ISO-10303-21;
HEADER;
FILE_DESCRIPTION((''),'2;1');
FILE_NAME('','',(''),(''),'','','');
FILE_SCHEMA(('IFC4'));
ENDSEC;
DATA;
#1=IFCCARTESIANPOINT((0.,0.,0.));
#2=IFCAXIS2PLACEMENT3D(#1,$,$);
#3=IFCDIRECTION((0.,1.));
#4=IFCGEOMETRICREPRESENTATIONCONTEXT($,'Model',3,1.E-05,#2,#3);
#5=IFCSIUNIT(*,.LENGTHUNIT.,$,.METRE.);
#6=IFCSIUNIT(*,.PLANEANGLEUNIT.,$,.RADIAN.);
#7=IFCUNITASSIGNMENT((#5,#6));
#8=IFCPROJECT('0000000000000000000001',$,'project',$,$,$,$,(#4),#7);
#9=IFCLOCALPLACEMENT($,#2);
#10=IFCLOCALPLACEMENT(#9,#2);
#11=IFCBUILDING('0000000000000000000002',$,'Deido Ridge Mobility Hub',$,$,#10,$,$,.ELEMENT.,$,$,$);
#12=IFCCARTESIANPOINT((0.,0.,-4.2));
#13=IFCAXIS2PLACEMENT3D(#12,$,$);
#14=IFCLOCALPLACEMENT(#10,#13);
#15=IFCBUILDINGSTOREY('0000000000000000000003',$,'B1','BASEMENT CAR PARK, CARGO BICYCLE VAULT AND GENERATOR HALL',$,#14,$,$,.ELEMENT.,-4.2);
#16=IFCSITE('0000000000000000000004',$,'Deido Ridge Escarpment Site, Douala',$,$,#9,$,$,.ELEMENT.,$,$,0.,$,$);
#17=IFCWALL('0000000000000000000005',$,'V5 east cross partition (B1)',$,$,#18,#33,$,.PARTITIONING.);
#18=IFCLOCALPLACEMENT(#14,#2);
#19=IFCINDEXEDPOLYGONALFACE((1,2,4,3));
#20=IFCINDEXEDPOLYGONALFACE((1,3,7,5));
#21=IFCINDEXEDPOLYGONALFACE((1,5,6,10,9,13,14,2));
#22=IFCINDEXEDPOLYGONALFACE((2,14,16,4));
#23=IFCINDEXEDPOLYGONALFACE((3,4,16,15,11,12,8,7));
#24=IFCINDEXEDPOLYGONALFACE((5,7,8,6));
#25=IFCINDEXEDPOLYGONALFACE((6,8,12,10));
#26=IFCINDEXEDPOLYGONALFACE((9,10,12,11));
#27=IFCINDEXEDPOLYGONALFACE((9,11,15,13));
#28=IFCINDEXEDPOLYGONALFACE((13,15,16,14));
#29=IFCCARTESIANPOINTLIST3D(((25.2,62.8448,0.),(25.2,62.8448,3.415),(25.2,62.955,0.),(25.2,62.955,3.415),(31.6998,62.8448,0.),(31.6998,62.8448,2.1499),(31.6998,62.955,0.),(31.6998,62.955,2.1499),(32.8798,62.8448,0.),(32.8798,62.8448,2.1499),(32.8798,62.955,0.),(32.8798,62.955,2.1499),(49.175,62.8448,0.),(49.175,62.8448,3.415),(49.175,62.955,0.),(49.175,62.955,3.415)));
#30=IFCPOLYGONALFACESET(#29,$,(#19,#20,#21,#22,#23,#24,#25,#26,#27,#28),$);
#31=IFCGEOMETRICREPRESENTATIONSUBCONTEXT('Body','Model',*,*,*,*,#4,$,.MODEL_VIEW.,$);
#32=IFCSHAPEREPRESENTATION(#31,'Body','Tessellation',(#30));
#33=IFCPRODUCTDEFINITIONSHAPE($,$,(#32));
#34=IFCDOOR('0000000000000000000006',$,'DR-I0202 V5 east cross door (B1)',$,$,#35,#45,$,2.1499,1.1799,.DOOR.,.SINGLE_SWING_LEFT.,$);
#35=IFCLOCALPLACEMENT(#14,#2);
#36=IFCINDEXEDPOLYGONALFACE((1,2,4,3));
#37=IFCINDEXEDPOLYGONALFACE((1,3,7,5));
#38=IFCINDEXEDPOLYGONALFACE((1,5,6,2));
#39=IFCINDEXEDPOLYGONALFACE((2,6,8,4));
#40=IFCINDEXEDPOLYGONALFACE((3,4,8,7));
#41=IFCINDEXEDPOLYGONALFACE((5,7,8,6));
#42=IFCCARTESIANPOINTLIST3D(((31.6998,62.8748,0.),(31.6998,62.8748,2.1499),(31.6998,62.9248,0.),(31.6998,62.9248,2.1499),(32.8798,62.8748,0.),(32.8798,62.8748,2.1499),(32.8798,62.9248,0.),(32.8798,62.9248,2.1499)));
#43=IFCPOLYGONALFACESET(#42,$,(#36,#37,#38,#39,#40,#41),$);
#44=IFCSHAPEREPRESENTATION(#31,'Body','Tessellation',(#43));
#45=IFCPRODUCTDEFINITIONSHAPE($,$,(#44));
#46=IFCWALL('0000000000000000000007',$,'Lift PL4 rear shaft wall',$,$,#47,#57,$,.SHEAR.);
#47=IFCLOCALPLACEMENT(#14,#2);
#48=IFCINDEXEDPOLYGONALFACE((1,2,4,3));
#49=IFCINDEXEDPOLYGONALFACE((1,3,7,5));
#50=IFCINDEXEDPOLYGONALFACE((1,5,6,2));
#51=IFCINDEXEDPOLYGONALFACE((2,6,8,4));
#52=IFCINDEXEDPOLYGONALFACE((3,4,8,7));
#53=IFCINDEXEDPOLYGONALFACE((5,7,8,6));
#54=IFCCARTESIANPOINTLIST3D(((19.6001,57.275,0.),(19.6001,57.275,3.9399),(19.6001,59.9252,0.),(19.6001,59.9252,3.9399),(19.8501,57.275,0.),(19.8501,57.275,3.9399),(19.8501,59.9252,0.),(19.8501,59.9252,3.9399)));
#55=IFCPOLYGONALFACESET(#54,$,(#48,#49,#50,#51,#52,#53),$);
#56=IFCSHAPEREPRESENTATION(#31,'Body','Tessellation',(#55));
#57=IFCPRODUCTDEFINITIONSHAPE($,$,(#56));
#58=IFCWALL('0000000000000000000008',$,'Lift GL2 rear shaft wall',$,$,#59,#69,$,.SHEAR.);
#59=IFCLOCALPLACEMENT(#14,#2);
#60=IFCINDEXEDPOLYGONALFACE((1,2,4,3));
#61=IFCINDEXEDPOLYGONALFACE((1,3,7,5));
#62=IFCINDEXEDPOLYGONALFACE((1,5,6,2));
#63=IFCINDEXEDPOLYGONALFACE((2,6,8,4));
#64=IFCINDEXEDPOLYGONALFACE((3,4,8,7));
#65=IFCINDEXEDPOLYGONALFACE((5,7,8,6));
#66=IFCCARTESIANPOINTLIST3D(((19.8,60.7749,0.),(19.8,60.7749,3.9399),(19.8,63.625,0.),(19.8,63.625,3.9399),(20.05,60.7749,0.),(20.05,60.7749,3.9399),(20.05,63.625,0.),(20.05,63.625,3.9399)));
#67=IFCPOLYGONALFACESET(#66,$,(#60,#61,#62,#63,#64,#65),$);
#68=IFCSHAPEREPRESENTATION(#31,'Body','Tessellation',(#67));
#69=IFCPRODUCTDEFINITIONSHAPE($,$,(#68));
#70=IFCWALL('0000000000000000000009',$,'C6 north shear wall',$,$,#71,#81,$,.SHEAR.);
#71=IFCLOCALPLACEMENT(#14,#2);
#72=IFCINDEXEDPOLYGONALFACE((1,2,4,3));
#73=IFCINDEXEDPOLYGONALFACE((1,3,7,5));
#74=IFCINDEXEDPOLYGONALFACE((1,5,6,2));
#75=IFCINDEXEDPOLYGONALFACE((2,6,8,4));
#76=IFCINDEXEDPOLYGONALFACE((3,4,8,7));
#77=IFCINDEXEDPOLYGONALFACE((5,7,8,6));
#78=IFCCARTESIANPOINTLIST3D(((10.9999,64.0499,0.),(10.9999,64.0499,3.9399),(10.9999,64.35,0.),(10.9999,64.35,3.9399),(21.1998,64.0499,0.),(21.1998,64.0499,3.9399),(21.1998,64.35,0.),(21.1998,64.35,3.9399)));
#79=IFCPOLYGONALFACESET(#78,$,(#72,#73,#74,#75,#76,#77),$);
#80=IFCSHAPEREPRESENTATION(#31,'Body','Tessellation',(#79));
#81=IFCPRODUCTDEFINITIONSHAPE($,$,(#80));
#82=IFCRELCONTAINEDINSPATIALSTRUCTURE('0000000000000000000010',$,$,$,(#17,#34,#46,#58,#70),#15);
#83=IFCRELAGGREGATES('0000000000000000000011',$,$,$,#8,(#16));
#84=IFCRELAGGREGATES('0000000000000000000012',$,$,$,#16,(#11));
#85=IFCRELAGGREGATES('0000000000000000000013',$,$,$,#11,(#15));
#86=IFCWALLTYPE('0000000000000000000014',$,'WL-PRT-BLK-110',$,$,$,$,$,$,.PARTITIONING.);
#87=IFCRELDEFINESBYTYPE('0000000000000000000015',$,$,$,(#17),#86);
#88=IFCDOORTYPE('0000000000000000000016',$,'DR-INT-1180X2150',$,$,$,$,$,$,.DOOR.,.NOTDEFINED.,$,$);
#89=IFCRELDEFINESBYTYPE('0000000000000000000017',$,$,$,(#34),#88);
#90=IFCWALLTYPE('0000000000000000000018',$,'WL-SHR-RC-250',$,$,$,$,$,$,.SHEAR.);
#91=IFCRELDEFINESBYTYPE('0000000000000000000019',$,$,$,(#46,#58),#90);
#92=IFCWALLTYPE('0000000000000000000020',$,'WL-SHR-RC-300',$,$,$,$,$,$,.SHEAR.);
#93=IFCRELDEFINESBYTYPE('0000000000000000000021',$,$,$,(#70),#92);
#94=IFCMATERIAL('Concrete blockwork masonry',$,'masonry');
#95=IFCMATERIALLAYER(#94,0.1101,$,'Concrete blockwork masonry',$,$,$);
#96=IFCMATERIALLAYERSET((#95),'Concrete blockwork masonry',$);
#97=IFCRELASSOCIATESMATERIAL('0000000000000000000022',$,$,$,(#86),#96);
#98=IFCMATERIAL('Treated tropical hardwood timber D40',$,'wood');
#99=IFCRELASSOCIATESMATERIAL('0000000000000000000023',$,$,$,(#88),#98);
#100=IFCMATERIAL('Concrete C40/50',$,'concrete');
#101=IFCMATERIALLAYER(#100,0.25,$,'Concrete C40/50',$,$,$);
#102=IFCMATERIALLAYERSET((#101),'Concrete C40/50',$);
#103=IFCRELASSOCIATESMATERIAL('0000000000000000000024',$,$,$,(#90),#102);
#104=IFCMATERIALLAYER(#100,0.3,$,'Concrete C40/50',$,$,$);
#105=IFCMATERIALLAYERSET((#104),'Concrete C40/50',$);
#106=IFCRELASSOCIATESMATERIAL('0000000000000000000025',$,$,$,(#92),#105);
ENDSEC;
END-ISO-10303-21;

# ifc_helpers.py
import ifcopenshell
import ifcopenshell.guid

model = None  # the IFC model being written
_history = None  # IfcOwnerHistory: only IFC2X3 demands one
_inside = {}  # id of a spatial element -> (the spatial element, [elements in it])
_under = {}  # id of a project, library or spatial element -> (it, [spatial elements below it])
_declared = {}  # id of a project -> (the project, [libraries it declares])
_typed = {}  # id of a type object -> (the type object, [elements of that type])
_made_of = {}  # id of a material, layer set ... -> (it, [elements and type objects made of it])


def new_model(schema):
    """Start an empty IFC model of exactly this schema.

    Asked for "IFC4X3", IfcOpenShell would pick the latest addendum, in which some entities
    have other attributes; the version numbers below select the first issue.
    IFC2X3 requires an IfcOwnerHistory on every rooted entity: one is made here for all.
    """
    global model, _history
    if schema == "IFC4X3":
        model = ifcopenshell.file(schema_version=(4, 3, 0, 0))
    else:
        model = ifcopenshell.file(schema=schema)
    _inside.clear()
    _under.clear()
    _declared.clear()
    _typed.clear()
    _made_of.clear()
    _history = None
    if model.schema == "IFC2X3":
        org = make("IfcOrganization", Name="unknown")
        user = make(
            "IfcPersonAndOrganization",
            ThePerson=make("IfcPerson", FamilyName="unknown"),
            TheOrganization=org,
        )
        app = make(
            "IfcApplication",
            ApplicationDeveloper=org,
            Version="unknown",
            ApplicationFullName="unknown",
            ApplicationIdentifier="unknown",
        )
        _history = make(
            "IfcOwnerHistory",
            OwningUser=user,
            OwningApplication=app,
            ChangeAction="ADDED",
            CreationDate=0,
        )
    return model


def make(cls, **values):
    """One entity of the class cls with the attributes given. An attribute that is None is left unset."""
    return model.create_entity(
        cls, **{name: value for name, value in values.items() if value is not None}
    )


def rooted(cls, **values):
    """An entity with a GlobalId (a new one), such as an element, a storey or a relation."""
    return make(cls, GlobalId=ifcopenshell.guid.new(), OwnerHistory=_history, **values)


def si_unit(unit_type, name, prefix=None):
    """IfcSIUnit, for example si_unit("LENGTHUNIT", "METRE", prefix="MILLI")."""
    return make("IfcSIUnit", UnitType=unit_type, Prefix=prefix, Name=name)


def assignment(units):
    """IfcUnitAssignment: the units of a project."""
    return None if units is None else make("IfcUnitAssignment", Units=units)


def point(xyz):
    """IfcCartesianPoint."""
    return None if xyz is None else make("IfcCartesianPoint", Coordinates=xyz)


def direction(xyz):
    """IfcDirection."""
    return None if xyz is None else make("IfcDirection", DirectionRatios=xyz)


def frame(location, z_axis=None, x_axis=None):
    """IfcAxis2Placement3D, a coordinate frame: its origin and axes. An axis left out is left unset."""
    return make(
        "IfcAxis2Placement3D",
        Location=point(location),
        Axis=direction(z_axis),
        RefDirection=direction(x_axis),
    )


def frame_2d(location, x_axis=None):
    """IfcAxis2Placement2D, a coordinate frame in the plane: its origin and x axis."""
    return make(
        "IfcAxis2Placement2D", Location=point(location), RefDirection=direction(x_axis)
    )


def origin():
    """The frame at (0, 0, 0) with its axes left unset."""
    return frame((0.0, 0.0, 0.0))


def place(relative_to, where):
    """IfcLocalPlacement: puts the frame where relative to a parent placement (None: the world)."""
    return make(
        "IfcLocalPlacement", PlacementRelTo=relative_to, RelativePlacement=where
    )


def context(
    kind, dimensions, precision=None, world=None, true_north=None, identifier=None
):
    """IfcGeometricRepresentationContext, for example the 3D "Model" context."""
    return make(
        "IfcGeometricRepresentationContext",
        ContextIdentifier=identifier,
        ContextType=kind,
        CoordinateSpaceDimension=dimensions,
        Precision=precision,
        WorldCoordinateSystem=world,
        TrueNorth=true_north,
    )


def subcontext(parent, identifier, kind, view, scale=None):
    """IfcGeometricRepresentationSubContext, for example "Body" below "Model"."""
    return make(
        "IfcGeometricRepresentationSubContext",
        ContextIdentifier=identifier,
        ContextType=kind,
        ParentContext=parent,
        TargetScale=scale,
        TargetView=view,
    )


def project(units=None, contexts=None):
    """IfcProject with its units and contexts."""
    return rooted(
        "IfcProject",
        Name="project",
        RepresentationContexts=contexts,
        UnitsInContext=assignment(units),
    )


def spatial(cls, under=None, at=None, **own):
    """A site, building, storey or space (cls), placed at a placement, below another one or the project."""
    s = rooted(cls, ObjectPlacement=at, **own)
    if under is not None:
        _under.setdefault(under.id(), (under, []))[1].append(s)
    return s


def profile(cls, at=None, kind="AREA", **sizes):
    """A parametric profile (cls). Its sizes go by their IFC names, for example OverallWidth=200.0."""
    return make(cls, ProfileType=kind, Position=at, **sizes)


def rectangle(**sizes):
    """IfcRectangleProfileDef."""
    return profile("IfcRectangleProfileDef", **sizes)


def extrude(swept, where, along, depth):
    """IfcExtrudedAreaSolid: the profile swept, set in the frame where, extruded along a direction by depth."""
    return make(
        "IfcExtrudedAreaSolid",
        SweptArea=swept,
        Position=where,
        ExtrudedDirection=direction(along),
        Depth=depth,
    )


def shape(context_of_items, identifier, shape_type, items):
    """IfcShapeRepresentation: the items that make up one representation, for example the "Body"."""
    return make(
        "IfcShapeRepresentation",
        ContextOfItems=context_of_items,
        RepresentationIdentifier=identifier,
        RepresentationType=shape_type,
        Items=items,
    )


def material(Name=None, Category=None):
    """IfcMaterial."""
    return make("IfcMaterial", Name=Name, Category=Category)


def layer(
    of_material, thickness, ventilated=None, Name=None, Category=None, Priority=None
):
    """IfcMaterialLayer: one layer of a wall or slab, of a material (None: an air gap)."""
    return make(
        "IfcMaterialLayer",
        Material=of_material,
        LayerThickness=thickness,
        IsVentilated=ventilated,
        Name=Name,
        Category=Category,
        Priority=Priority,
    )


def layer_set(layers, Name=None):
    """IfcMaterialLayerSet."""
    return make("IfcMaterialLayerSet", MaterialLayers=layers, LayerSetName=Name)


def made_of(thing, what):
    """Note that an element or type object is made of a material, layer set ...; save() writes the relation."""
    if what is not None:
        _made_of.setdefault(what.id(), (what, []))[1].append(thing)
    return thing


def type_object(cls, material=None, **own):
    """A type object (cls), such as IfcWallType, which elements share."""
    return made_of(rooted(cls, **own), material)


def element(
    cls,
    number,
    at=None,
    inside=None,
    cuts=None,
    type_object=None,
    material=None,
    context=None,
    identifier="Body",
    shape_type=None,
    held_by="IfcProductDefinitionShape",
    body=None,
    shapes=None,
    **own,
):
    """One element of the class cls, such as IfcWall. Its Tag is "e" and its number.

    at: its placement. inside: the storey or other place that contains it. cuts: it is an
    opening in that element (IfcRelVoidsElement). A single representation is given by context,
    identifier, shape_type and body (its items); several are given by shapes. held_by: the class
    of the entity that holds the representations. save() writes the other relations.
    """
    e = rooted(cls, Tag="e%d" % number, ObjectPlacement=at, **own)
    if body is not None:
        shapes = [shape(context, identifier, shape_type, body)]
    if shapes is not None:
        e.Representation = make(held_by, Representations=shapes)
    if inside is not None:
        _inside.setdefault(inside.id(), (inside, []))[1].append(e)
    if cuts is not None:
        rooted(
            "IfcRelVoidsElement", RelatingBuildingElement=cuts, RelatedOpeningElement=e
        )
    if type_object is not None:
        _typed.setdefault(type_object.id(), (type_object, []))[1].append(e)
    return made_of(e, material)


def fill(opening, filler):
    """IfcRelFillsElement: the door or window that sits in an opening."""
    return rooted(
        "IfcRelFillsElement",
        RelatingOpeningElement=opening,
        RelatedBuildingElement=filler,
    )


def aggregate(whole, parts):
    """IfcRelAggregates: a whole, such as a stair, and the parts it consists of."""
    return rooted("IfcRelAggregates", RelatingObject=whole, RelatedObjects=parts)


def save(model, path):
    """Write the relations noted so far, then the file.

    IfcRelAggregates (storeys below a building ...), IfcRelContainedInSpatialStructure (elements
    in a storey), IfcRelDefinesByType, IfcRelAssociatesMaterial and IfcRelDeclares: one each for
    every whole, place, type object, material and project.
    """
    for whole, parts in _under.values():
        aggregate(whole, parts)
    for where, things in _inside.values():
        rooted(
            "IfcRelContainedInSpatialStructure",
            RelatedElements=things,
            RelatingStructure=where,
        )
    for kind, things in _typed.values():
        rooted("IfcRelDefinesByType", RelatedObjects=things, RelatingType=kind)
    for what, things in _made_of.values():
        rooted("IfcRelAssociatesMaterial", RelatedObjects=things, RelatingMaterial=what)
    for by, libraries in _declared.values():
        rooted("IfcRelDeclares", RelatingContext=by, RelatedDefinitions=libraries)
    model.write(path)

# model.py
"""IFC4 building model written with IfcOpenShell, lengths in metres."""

from ifc_helpers import new_model, si_unit, direction, frame, frame_2d, origin, place, context, subcontext, project, spatial, rectangle, extrude, material, layer, layer_set, type_object, element, fill, save


model = new_model("IFC4")

# Units and contexts
model_context = context("Model", 3, precision=1e-05, world=origin(), true_north=direction((0.0, 1.0)))
body_context = subcontext(model_context, "Body", "Model", "MODEL_VIEW")
ifc_project = project(units=[si_unit("LENGTHUNIT", "METRE"), si_unit("PLANEANGLEUNIT", "RADIAN")], contexts=[model_context])

# Site, building, storey
site_placement = place(None, origin())
site = spatial("IfcSite", under=ifc_project, at=site_placement, Name="Deido Ridge Escarpment Site, Douala", CompositionType="ELEMENT", RefElevation=0.0)
building_placement = place(site_placement, origin())
building = spatial("IfcBuilding", under=site, at=building_placement, Name="Deido Ridge Mobility Hub", CompositionType="ELEMENT")
storey_placement = place(building_placement, frame((0.0, 0.0, -4.2)))
storey = spatial("IfcBuildingStorey", under=building, at=storey_placement, Name="B1", Description="BASEMENT CAR PARK, CARGO BICYCLE VAULT AND GENERATOR HALL", CompositionType="ELEMENT", Elevation=-4.2)

# Shared definitions
ifc_material_1 = material(Name="Concrete C40/50", Category="concrete")

# Wall, opening, door
ifc_material_2 = material(Name="Concrete blockwork masonry", Category="masonry")
ifc_layer_1 = layer(ifc_material_2, 0.1101, Name="Concrete blockwork masonry")
ifc_layer_set_1 = layer_set([ifc_layer_1], Name="Concrete blockwork masonry")
wall_type_1 = type_object("IfcWallType", Name="WL-PRT-BLK-110", PredefinedType="PARTITIONING", material=ifc_layer_set_1)
wall_1_placement = place(storey_placement, frame((25.2, 62.8999, 0.0), z_axis=(0.0, 0.0, 1.0), x_axis=(1.0, 0.0, 0.0)))
wall_1 = element("IfcWall", 1, at=wall_1_placement, inside=storey, type_object=wall_type_1, Name="V5 east cross partition (B1)", PredefinedType="PARTITIONING", context=body_context, shape_type="SweptSolid", body=[
    extrude(rectangle(XDim=23.9751, YDim=0.1101, at=frame_2d((11.9875, 0.0))), origin(), (0.0, 0.0, 1.0), 3.415),
])
opening_placement = place(wall_1_placement, frame((6.5, 0.0, 0.0)))
opening = element("IfcOpeningElement", 2, at=opening_placement, cuts=wall_1, PredefinedType="OPENING", context=body_context, shape_type="SweptSolid", body=[
    extrude(rectangle(XDim=1.1799, YDim=2.1499, at=frame_2d((0.5898, 1.075))), frame((0.0, 0.0649, 0.0), z_axis=(0.0, -1.0, 0.0), x_axis=(1.0, 0.0, 0.0)), (0.0, 0.0, 1.0), 0.1301),
])
ifc_material_3 = material(Name="Treated tropical hardwood timber D40", Category="wood")
door_type = type_object("IfcDoorType", Name="DR-INT-1180X2150", OperationType="NOTDEFINED", PredefinedType="DOOR", material=ifc_material_3)
door_placement = place(opening_placement, origin())
door = element("IfcDoor", 3, at=door_placement, inside=storey, type_object=door_type, Name="DR-I0202 V5 east cross door (B1)", OperationType="SINGLE_SWING_LEFT", OverallHeight=2.1499, OverallWidth=1.1799, PredefinedType="DOOR", context=body_context, shape_type="SweptSolid", body=[
    extrude(rectangle(XDim=1.1799, YDim=2.1499, at=frame_2d((0.5898, 1.075))), frame((0.0, 0.0249, 0.0), z_axis=(0.0, -1.0, 0.0), x_axis=(1.0, 0.0, 0.0)), (0.0, 0.0, 1.0), 0.05),
])
fill(opening, door)

# Walls
ifc_layer_2 = layer(ifc_material_1, 0.25, Name="Concrete C40/50")
ifc_layer_set_2 = layer_set([ifc_layer_2], Name="Concrete C40/50")
wall_type_2 = type_object("IfcWallType", Name="WL-SHR-RC-250", PredefinedType="SHEAR", material=ifc_layer_set_2)
wall_2_placement = place(storey_placement, frame((19.7251, 57.2749, 0.0), z_axis=(0.0, 0.0, 1.0), x_axis=(0.0, 1.0, 0.0)))
element("IfcWall", 4, at=wall_2_placement, inside=storey, type_object=wall_type_2, Name="Lift PL4 rear shaft wall", PredefinedType="SHEAR", context=body_context, shape_type="SweptSolid", body=[
    extrude(rectangle(XDim=2.6501, YDim=0.25, at=frame_2d((1.3252, 0.0))), origin(), (0.0, 0.0, 1.0), 3.9399),
])
wall_3_placement = place(storey_placement, frame((19.925, 60.7749, 0.0), z_axis=(0.0, 0.0, 1.0), x_axis=(0.0, 1.0, 0.0)))
element("IfcWall", 5, at=wall_3_placement, inside=storey, type_object=wall_type_2, Name="Lift GL2 rear shaft wall", PredefinedType="SHEAR", context=body_context, shape_type="SweptSolid", body=[
    extrude(rectangle(XDim=2.8501, YDim=0.25, at=frame_2d((1.425, 0.0))), origin(), (0.0, 0.0, 1.0), 3.9399),
])
ifc_layer_3 = layer(ifc_material_1, 0.3, Name="Concrete C40/50")
ifc_layer_set_3 = layer_set([ifc_layer_3], Name="Concrete C40/50")
wall_type_3 = type_object("IfcWallType", Name="WL-SHR-RC-300", PredefinedType="SHEAR", material=ifc_layer_set_3)
wall_4_placement = place(storey_placement, frame((21.2, 64.2, 0.0), z_axis=(0.0, 0.0, 1.0), x_axis=(-1.0, 0.0, 0.0)))
element("IfcWall", 6, at=wall_4_placement, inside=storey, type_object=wall_type_3, Name="C6 north shear wall", PredefinedType="SHEAR", context=body_context, shape_type="SweptSolid", body=[
    extrude(rectangle(XDim=10.2, YDim=0.3, at=frame_2d((5.1001, 0.0))), origin(), (0.0, 0.0, 1.0), 3.9399),
])

save(model, "model.ifc")
